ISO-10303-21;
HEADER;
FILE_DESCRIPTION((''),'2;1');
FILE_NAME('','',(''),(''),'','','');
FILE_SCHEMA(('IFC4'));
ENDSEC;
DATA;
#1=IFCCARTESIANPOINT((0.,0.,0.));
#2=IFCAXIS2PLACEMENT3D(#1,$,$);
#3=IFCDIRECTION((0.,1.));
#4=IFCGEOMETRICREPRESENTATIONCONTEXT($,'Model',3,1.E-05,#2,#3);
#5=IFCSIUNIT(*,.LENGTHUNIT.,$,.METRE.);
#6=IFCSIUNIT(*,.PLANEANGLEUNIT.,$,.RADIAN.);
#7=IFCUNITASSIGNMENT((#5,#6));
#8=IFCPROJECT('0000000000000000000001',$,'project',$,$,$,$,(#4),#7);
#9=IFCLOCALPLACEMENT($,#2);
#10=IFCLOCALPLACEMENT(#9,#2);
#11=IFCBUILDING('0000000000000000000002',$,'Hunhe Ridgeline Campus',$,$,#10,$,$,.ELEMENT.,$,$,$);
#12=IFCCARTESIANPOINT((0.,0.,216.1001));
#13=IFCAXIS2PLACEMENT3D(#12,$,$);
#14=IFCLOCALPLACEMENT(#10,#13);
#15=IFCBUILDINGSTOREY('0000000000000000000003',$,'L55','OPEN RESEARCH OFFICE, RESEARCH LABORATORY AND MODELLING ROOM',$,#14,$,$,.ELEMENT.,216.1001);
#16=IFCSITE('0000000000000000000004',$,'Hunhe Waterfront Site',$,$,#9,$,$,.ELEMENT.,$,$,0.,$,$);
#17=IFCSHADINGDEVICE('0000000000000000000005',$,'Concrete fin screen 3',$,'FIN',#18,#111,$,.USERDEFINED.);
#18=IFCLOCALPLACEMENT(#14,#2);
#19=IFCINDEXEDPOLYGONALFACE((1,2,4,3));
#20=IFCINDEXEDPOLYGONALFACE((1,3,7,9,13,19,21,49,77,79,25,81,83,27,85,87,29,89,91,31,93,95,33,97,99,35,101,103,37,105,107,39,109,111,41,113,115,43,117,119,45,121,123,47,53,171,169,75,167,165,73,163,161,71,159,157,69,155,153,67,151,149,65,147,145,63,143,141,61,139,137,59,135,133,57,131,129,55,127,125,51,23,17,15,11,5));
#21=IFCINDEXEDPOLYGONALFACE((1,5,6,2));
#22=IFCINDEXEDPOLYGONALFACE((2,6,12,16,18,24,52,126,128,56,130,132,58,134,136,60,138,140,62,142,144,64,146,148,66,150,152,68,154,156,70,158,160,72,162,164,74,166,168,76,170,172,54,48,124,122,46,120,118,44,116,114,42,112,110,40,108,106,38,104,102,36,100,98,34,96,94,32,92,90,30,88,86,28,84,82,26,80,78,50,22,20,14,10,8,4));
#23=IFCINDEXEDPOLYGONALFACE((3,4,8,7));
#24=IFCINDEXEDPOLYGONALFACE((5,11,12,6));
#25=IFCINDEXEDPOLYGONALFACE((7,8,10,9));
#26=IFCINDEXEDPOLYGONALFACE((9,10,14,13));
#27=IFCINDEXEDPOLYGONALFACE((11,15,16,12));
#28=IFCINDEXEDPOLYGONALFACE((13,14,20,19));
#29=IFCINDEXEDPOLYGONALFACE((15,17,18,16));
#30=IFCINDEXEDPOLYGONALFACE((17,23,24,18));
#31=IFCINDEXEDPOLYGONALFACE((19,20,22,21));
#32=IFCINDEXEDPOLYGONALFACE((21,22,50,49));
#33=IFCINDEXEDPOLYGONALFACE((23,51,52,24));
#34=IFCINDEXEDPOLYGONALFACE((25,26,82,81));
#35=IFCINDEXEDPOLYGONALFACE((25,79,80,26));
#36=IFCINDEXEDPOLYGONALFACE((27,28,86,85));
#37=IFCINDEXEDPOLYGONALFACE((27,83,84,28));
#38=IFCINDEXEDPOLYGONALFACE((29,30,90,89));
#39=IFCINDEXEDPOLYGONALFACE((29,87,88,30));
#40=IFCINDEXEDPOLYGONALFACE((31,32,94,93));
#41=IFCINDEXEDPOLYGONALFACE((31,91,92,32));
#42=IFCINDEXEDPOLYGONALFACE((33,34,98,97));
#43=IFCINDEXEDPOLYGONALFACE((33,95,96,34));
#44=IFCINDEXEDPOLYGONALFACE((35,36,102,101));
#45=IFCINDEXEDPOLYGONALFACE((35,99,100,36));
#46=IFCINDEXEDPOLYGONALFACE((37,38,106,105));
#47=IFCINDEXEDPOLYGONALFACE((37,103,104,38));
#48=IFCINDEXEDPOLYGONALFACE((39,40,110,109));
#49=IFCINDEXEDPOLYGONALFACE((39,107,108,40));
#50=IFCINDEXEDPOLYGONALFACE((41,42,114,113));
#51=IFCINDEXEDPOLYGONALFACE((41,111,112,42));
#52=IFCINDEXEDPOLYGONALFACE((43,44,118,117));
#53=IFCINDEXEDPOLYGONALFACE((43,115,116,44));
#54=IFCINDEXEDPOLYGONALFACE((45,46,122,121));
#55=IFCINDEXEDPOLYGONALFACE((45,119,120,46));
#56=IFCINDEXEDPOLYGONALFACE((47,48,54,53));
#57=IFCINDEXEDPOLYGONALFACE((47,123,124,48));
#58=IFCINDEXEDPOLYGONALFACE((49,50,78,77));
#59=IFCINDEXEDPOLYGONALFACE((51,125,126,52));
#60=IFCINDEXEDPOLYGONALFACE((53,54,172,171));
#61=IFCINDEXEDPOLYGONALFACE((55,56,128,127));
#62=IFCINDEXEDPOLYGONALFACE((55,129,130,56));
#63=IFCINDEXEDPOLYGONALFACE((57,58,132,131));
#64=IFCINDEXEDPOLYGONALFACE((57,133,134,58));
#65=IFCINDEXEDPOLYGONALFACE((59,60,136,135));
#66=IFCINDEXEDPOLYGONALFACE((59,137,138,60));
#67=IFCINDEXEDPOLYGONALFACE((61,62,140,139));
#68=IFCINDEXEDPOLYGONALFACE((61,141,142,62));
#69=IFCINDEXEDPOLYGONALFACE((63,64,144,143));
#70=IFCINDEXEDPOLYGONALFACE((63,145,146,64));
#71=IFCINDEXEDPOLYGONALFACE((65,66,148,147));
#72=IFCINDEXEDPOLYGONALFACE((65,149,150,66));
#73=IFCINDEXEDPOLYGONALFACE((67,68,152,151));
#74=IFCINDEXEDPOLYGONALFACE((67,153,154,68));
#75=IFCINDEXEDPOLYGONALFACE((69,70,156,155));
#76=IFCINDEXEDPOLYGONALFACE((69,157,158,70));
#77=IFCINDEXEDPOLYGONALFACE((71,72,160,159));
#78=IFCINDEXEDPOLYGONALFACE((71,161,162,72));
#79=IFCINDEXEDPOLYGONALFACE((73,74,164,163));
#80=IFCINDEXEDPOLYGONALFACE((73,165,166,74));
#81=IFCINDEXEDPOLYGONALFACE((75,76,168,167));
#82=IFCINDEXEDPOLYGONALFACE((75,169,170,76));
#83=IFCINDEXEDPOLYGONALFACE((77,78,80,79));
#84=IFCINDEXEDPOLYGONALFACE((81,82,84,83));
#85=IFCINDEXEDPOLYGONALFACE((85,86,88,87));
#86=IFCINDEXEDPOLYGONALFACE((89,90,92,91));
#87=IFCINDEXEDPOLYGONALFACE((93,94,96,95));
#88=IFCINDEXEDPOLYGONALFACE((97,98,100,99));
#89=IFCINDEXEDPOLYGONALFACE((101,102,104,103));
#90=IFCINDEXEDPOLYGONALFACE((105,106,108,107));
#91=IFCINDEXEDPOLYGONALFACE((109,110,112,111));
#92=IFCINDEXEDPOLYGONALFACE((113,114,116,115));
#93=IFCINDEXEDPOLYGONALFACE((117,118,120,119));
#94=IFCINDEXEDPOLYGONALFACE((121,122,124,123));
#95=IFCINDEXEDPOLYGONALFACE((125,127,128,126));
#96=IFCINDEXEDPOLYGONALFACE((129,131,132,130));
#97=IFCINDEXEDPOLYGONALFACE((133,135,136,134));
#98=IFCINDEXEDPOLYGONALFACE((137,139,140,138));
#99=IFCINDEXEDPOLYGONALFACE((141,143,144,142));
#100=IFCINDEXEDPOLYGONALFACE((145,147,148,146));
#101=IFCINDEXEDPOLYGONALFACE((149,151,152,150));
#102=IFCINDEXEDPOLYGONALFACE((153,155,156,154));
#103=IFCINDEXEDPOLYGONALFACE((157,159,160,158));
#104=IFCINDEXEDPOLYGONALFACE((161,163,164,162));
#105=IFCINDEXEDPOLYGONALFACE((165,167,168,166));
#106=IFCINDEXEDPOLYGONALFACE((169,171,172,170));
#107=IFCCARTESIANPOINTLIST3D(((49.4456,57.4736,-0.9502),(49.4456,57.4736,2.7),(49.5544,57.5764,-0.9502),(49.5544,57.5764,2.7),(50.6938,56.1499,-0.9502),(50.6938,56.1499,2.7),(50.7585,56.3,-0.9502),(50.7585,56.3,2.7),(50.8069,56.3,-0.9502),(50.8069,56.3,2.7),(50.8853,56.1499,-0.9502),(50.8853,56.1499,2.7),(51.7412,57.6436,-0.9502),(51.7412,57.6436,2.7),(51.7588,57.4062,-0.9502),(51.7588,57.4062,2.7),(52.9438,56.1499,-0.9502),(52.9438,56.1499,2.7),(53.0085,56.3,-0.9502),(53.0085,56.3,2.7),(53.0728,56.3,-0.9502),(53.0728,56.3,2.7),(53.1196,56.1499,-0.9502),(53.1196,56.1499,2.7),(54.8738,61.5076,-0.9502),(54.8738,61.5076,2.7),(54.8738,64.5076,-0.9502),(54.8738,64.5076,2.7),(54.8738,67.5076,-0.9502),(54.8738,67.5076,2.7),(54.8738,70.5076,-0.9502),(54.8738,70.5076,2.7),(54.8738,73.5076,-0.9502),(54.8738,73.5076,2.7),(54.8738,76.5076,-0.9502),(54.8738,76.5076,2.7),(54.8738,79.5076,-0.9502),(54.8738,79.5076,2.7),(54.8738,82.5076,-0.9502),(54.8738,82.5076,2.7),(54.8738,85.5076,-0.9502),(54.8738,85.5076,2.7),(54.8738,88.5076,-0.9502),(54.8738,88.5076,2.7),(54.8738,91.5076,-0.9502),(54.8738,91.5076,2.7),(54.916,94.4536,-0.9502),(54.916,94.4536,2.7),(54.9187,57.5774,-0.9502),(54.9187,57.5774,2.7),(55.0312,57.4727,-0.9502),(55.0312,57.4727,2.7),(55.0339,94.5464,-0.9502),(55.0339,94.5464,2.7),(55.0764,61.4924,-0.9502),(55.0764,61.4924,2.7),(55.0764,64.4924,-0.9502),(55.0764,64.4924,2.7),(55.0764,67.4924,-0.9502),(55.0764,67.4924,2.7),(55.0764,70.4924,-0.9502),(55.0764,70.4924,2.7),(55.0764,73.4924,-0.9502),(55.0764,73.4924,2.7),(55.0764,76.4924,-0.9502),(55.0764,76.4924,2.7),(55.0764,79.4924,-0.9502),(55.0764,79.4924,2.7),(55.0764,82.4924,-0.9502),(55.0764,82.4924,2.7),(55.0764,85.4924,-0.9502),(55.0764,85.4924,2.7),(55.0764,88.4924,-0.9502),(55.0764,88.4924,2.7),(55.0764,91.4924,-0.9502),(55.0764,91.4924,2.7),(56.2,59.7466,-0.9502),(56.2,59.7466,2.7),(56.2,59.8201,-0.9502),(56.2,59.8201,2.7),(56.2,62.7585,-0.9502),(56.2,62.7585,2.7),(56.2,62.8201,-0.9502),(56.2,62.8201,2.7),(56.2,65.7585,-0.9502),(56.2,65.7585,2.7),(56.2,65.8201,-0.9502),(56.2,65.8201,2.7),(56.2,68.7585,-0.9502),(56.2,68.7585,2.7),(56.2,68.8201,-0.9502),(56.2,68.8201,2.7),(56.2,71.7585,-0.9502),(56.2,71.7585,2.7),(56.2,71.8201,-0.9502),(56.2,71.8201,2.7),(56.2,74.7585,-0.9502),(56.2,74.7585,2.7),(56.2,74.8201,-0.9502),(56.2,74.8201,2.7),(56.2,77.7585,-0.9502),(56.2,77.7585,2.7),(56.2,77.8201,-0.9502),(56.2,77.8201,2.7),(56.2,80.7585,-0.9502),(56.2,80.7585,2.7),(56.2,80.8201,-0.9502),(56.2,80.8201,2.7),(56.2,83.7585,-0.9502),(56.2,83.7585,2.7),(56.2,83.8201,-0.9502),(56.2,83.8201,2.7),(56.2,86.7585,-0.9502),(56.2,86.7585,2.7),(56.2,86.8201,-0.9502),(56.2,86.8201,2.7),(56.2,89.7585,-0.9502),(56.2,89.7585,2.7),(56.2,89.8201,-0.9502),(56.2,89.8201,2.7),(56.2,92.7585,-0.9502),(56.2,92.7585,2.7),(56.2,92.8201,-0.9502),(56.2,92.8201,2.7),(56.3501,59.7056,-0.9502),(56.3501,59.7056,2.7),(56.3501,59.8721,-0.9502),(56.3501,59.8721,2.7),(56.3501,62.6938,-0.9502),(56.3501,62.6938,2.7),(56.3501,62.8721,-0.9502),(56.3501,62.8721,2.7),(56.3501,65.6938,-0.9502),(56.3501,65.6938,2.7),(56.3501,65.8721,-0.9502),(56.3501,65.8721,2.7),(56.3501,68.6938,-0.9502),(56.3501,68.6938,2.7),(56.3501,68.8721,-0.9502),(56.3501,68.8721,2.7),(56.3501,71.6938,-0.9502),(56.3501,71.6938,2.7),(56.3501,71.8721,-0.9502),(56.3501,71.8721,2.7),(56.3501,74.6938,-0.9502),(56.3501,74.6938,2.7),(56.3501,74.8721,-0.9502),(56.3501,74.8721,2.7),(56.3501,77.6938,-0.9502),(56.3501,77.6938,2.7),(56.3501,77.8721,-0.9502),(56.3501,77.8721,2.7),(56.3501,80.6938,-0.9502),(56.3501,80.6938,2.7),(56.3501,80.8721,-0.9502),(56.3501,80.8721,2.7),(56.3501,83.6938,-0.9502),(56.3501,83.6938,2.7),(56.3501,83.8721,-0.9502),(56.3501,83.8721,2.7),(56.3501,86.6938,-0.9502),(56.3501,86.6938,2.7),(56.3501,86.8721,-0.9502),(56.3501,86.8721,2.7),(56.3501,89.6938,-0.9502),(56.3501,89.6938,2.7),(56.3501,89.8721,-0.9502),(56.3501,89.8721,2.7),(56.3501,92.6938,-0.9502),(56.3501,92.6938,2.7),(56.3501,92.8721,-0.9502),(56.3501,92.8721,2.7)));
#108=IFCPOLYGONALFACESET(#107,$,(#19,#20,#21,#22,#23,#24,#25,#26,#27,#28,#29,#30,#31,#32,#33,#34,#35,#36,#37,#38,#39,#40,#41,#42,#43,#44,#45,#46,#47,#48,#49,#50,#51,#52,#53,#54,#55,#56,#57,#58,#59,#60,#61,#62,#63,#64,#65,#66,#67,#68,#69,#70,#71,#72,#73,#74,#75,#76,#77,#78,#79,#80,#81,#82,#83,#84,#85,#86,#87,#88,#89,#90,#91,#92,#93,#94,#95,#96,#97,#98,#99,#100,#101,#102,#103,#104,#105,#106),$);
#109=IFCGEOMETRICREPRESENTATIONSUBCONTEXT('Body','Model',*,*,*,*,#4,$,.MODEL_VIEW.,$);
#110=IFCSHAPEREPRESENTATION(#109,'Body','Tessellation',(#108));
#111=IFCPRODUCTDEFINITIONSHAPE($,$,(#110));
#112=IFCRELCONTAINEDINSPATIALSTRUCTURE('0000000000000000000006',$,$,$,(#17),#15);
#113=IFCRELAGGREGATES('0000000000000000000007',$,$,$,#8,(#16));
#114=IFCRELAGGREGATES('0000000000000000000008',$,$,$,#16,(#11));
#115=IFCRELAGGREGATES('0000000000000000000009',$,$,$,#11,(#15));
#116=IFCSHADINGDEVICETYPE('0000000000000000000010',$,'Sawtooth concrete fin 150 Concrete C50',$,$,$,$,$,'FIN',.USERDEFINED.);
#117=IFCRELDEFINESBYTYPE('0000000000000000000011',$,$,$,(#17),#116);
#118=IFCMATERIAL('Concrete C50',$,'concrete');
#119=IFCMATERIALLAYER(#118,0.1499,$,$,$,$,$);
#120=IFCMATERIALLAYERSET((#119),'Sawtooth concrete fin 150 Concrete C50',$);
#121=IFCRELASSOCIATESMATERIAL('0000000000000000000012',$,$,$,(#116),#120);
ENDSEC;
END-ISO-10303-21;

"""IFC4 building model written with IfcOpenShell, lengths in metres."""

from ifc_helpers import new_model, si_unit, direction, frame, origin, place, context, subcontext, project, spatial, polyline, outline, extrude, material, layer, layer_set, type_object, element, save


model = new_model("IFC4")

# Units and contexts
model_context = context("Model", 3, precision=1e-05, world=origin(), true_north=direction((0.0, 1.0)))
body_context = subcontext(model_context, "Body", "Model", "MODEL_VIEW")
ifc_project = project(units=[si_unit("LENGTHUNIT", "METRE"), si_unit("PLANEANGLEUNIT", "RADIAN")], contexts=[model_context])

# Site, building, storey
site_placement = place(None, origin())
site = spatial("IfcSite", under=ifc_project, at=site_placement, Name="Hunhe Waterfront Site", CompositionType="ELEMENT", RefElevation=0.0)
building_placement = place(site_placement, origin())
building = spatial("IfcBuilding", under=site, at=building_placement, Name="Hunhe Ridgeline Campus", CompositionType="ELEMENT")
storey_placement = place(building_placement, frame((0.0, 0.0, 216.1001)))
storey = spatial("IfcBuildingStorey", under=building, at=storey_placement, Name="L55", Description="OPEN RESEARCH OFFICE, RESEARCH LABORATORY AND MODELLING ROOM", CompositionType="ELEMENT", Elevation=216.1001)

# Shading device
ifc_material_1 = material(Name="Concrete C50", Category="concrete")
ifc_layer_1 = layer(ifc_material_1, 0.1499)
ifc_layer_set_1 = layer_set([ifc_layer_1], Name="Sawtooth concrete fin 150 Concrete C50")
shading_device_type = type_object("IfcShadingDeviceType", Name="Sawtooth concrete fin 150 Concrete C50", ElementType="FIN", PredefinedType="USERDEFINED", material=ifc_layer_set_1)
shading_device_1_placement = place(storey_placement, frame((0.0, 0.0, -0.9502)))
element("IfcShadingDevice", 1, at=shading_device_1_placement, inside=storey, type_object=shading_device_type, Name="Concrete fin screen 3", ObjectType="FIN", PredefinedType="USERDEFINED", context=body_context, shape_type="SweptSolid", body=[
    extrude(outline(polyline([(49.5544, 57.5764), (49.4456, 57.4736), (50.6938, 56.1499), (50.8853, 56.1499), (51.7588, 57.4062), (52.9438, 56.1499), (53.1196, 56.1499), (55.0312, 57.4727), (56.3501, 59.7056), (56.3501, 59.8721), (55.0764, 61.4924), (56.3501, 62.6938), (56.3501, 62.8721), (55.0764, 64.4924), (56.3501, 65.6938), (56.3501, 65.8721), (55.0764, 67.4924), (56.3501, 68.6938), (56.3501, 68.8721), (55.0764, 70.4924), (56.3501, 71.6938), (56.3501, 71.8721), (55.0764, 73.4924), (56.3501, 74.6938), (56.3501, 74.8721), (55.0764, 76.4924), (56.3501, 77.6938), (56.3501, 77.8721), (55.0764, 79.4924), (56.3501, 80.6938), (56.3501, 80.8721), (55.0764, 82.4924), (56.3501, 83.6938), (56.3501, 83.8721), (55.0764, 85.4924), (56.3501, 86.6938), (56.3501, 86.8721), (55.0764, 88.4924), (56.3501, 89.6938), (56.3501, 89.8721), (55.0764, 91.4924), (56.3501, 92.6938), (56.3501, 92.8721), (55.0339, 94.5464), (54.916, 94.4536), (56.2, 92.8201), (56.2, 92.7585), (54.8738, 91.5076), (56.2, 89.8201), (56.2, 89.7585), (54.8738, 88.5076), (56.2, 86.8201), (56.2, 86.7585), (54.8738, 85.5076), (56.2, 83.8201), (56.2, 83.7585), (54.8738, 82.5076), (56.2, 80.8201), (56.2, 80.7585), (54.8738, 79.5076), (56.2, 77.8201), (56.2, 77.7585), (54.8738, 76.5076), (56.2, 74.8201), (56.2, 74.7585), (54.8738, 73.5076), (56.2, 71.8201), (56.2, 71.7585), (54.8738, 70.5076), (56.2, 68.8201), (56.2, 68.7585), (54.8738, 67.5076), (56.2, 65.8201), (56.2, 65.7585), (54.8738, 64.5076), (56.2, 62.8201), (56.2, 62.7585), (54.8738, 61.5076), (56.2, 59.8201), (56.2, 59.7466), (54.9187, 57.5774), (53.0728, 56.3), (53.0085, 56.3), (51.7412, 57.6436), (50.8069, 56.3), (50.7585, 56.3), (49.5544, 57.5764)])), origin(), (0.0, 0.0, 1.0), 3.6501),
])

save(model, "model.ifc")
